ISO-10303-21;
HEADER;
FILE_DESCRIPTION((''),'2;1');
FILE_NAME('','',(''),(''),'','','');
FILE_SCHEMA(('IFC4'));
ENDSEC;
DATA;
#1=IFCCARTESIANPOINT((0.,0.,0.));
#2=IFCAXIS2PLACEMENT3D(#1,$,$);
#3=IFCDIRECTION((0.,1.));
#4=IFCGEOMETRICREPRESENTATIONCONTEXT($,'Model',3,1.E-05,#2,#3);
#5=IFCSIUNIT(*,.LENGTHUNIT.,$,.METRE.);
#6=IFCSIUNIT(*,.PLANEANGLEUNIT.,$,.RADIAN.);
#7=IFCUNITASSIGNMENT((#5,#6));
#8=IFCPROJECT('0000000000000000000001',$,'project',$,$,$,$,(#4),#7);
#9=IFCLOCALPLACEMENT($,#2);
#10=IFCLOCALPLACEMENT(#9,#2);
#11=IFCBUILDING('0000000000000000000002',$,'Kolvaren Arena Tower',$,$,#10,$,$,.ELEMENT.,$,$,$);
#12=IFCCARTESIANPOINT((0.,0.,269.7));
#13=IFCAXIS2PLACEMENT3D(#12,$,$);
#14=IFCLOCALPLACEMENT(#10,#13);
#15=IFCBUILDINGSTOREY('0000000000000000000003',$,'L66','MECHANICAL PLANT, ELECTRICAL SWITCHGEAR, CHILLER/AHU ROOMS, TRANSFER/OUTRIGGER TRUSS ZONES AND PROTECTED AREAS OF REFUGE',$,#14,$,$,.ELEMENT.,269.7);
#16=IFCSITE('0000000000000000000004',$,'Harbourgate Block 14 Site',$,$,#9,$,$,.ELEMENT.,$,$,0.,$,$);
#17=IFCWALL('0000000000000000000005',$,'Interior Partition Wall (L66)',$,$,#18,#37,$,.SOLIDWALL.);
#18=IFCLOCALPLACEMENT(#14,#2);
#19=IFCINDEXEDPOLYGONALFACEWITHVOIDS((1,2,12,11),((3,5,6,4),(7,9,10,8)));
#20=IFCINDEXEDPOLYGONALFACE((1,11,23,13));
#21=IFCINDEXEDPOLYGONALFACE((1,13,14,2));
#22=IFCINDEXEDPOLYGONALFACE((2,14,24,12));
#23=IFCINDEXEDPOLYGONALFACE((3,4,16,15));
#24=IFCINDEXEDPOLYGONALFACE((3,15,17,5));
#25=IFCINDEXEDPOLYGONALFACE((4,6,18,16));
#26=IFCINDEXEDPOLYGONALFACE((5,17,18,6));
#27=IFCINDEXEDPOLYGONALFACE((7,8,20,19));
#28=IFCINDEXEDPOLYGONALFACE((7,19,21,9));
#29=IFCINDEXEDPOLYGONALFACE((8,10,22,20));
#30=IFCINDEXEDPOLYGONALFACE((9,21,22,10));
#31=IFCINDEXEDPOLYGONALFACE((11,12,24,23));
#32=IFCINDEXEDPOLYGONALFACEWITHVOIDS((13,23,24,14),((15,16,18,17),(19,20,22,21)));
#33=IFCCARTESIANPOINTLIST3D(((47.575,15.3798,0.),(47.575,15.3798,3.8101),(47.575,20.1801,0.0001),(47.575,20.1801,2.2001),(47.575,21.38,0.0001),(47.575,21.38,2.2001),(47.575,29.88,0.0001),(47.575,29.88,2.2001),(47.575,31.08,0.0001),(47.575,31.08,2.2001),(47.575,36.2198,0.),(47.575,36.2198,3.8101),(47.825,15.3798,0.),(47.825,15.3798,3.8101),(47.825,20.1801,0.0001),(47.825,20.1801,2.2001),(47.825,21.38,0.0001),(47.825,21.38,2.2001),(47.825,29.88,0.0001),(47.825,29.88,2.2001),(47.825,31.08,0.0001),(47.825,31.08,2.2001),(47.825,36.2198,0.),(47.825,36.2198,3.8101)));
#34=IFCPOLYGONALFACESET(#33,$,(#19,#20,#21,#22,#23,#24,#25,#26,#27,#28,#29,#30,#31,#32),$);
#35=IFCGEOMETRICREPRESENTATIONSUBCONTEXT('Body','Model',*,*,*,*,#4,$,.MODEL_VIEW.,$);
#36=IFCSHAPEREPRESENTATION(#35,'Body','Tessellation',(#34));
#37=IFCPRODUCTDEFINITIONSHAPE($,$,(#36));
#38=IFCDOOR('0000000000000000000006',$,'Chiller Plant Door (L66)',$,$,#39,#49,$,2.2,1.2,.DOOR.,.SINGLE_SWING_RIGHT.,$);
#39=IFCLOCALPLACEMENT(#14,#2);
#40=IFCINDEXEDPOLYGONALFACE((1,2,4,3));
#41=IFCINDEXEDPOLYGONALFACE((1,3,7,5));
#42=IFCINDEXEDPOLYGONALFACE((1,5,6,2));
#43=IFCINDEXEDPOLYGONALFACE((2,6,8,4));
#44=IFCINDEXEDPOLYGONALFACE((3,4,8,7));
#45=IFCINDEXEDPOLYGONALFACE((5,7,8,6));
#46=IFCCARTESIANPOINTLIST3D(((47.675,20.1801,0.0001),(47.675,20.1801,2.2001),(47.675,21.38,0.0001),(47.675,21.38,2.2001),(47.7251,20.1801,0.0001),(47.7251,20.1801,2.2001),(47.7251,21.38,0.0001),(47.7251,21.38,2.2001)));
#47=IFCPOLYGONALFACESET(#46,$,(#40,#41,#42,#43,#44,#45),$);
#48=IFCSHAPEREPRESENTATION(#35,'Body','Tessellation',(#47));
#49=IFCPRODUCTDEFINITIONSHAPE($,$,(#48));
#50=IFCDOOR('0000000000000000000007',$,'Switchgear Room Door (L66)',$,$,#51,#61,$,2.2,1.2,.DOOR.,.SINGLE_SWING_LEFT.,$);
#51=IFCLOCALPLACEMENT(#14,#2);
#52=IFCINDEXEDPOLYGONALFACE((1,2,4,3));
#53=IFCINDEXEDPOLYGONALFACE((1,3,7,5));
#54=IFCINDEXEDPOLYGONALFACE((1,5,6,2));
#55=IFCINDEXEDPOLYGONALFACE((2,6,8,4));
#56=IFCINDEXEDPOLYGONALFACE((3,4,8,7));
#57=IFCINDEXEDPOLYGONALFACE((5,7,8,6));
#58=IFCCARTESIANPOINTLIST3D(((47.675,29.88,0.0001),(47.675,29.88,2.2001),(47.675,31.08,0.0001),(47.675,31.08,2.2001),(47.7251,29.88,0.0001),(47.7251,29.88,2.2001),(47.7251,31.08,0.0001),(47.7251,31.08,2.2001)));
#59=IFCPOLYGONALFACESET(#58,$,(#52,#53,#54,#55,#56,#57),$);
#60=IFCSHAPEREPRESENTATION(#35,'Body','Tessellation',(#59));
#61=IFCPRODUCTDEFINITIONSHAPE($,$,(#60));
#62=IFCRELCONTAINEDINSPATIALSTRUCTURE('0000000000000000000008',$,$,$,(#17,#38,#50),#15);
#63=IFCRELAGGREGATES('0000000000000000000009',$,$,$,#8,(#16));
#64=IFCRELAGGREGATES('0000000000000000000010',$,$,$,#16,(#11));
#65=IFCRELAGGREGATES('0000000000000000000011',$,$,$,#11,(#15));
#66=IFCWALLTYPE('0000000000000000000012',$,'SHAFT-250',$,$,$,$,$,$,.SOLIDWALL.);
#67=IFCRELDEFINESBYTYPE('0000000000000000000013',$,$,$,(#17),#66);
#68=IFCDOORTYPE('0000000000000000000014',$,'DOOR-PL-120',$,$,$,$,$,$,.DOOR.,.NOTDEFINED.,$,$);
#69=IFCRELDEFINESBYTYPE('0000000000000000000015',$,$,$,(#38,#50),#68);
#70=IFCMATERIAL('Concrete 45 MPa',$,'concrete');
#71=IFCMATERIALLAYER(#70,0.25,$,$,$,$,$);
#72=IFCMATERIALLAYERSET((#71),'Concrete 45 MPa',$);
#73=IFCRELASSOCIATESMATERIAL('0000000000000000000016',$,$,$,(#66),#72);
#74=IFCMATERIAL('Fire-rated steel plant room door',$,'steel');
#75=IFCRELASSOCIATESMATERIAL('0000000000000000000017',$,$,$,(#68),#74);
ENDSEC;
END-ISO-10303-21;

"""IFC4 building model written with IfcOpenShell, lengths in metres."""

from ifc_helpers import new_model, si_unit, direction, frame, frame_2d, origin, place, context, subcontext, project, spatial, rectangle, extrude, material, layer, layer_set, type_object, element, fill, save


model = new_model("IFC4")

# Units and contexts
model_context = context("Model", 3, precision=1e-05, world=origin(), true_north=direction((0.0, 1.0)))
body_context = subcontext(model_context, "Body", "Model", "MODEL_VIEW")
ifc_project = project(units=[si_unit("LENGTHUNIT", "METRE"), si_unit("PLANEANGLEUNIT", "RADIAN")], contexts=[model_context])

# Site, building, storey
site_placement = place(None, origin())
site = spatial("IfcSite", under=ifc_project, at=site_placement, Name="Harbourgate Block 14 Site", CompositionType="ELEMENT", RefElevation=0.0)
building_placement = place(site_placement, origin())
building = spatial("IfcBuilding", under=site, at=building_placement, Name="Kolvaren Arena Tower", CompositionType="ELEMENT")
storey_placement = place(building_placement, frame((0.0, 0.0, 269.7)))
storey = spatial("IfcBuildingStorey", under=building, at=storey_placement, Name="L66", Description="MECHANICAL PLANT, ELECTRICAL SWITCHGEAR, CHILLER/AHU ROOMS, TRANSFER/OUTRIGGER TRUSS ZONES AND PROTECTED AREAS OF REFUGE", CompositionType="ELEMENT", Elevation=269.7)

# Shared definitions
ifc_material_1 = material(Name="Concrete 45 MPa", Category="concrete")
ifc_layer_1 = layer(ifc_material_1, 0.25)
ifc_layer_set_1 = layer_set([ifc_layer_1], Name="Concrete 45 MPa")
wall_type_1 = type_object("IfcWallType", Name="SHAFT-250", PredefinedType="SOLIDWALL", material=ifc_layer_set_1)

# Wall, openings, doors
wall_1_placement = place(storey_placement, frame((47.7, 15.3799, 0.0), z_axis=(0.0, 0.0, 1.0), x_axis=(0.0, 1.0, 0.0)))
wall_1 = element("IfcWall", 1, at=wall_1_placement, inside=storey, type_object=wall_type_1, Name="Interior Partition Wall (L66)", PredefinedType="SOLIDWALL", context=body_context, shape_type="SweptSolid", body=[
    extrude(rectangle(XDim=20.8401, YDim=0.25, at=frame_2d((10.4199, 0.0))), origin(), (0.0, 0.0, 1.0), 3.8101),
])
opening_1_placement = place(wall_1_placement, frame((4.8, 0.0, 0.0)))
opening_1 = element("IfcOpeningElement", 2, at=opening_1_placement, cuts=wall_1, PredefinedType="OPENING", context=body_context, shape_type="SweptSolid", body=[
    extrude(rectangle(XDim=1.2, YDim=2.2, at=frame_2d((0.6001, 1.1001))), frame((0.0, 0.135, 0.0), z_axis=(0.0, -1.0, 0.0), x_axis=(1.0, 0.0, 0.0)), (0.0, 0.0, 1.0), 0.27),
])
opening_2_placement = place(wall_1_placement, frame((14.5, 0.0, 0.0)))
opening_2 = element("IfcOpeningElement", 3, at=opening_2_placement, cuts=wall_1, PredefinedType="OPENING", context=body_context, shape_type="SweptSolid", body=[
    extrude(rectangle(XDim=1.2, YDim=2.2, at=frame_2d((0.6001, 1.1001))), frame((0.0, 0.135, 0.0), z_axis=(0.0, -1.0, 0.0), x_axis=(1.0, 0.0, 0.0)), (0.0, 0.0, 1.0), 0.27),
])
ifc_material_2 = material(Name="Fire-rated steel plant room door", Category="steel")
door_type_1 = type_object("IfcDoorType", Name="DOOR-PL-120", OperationType="NOTDEFINED", PredefinedType="DOOR", material=ifc_material_2)
door_1_placement = place(opening_1_placement, origin())
door_1 = element("IfcDoor", 4, at=door_1_placement, inside=storey, type_object=door_type_1, Name="Chiller Plant Door (L66)", OperationType="SINGLE_SWING_RIGHT", OverallHeight=2.2, OverallWidth=1.2, PredefinedType="DOOR", context=body_context, shape_type="SweptSolid", body=[
    extrude(rectangle(XDim=1.2, YDim=2.2, at=frame_2d((0.6001, 1.1001))), frame((0.0, 0.0249, 0.0), z_axis=(0.0, -1.0, 0.0), x_axis=(1.0, 0.0, 0.0)), (0.0, 0.0, 1.0), 0.05),
])
fill(opening_1, door_1)
door_2_placement = place(opening_2_placement, origin())
door_2 = element("IfcDoor", 5, at=door_2_placement, inside=storey, type_object=door_type_1, Name="Switchgear Room Door (L66)", OperationType="SINGLE_SWING_LEFT", OverallHeight=2.2, OverallWidth=1.2, PredefinedType="DOOR", context=body_context, shape_type="SweptSolid", body=[
    extrude(rectangle(XDim=1.2, YDim=2.2, at=frame_2d((0.6001, 1.1001))), frame((0.0, 0.0249, 0.0), z_axis=(0.0, -1.0, 0.0), x_axis=(1.0, 0.0, 0.0)), (0.0, 0.0, 1.0), 0.05),
])
fill(opening_2, door_2)

save(model, "model.ifc")
